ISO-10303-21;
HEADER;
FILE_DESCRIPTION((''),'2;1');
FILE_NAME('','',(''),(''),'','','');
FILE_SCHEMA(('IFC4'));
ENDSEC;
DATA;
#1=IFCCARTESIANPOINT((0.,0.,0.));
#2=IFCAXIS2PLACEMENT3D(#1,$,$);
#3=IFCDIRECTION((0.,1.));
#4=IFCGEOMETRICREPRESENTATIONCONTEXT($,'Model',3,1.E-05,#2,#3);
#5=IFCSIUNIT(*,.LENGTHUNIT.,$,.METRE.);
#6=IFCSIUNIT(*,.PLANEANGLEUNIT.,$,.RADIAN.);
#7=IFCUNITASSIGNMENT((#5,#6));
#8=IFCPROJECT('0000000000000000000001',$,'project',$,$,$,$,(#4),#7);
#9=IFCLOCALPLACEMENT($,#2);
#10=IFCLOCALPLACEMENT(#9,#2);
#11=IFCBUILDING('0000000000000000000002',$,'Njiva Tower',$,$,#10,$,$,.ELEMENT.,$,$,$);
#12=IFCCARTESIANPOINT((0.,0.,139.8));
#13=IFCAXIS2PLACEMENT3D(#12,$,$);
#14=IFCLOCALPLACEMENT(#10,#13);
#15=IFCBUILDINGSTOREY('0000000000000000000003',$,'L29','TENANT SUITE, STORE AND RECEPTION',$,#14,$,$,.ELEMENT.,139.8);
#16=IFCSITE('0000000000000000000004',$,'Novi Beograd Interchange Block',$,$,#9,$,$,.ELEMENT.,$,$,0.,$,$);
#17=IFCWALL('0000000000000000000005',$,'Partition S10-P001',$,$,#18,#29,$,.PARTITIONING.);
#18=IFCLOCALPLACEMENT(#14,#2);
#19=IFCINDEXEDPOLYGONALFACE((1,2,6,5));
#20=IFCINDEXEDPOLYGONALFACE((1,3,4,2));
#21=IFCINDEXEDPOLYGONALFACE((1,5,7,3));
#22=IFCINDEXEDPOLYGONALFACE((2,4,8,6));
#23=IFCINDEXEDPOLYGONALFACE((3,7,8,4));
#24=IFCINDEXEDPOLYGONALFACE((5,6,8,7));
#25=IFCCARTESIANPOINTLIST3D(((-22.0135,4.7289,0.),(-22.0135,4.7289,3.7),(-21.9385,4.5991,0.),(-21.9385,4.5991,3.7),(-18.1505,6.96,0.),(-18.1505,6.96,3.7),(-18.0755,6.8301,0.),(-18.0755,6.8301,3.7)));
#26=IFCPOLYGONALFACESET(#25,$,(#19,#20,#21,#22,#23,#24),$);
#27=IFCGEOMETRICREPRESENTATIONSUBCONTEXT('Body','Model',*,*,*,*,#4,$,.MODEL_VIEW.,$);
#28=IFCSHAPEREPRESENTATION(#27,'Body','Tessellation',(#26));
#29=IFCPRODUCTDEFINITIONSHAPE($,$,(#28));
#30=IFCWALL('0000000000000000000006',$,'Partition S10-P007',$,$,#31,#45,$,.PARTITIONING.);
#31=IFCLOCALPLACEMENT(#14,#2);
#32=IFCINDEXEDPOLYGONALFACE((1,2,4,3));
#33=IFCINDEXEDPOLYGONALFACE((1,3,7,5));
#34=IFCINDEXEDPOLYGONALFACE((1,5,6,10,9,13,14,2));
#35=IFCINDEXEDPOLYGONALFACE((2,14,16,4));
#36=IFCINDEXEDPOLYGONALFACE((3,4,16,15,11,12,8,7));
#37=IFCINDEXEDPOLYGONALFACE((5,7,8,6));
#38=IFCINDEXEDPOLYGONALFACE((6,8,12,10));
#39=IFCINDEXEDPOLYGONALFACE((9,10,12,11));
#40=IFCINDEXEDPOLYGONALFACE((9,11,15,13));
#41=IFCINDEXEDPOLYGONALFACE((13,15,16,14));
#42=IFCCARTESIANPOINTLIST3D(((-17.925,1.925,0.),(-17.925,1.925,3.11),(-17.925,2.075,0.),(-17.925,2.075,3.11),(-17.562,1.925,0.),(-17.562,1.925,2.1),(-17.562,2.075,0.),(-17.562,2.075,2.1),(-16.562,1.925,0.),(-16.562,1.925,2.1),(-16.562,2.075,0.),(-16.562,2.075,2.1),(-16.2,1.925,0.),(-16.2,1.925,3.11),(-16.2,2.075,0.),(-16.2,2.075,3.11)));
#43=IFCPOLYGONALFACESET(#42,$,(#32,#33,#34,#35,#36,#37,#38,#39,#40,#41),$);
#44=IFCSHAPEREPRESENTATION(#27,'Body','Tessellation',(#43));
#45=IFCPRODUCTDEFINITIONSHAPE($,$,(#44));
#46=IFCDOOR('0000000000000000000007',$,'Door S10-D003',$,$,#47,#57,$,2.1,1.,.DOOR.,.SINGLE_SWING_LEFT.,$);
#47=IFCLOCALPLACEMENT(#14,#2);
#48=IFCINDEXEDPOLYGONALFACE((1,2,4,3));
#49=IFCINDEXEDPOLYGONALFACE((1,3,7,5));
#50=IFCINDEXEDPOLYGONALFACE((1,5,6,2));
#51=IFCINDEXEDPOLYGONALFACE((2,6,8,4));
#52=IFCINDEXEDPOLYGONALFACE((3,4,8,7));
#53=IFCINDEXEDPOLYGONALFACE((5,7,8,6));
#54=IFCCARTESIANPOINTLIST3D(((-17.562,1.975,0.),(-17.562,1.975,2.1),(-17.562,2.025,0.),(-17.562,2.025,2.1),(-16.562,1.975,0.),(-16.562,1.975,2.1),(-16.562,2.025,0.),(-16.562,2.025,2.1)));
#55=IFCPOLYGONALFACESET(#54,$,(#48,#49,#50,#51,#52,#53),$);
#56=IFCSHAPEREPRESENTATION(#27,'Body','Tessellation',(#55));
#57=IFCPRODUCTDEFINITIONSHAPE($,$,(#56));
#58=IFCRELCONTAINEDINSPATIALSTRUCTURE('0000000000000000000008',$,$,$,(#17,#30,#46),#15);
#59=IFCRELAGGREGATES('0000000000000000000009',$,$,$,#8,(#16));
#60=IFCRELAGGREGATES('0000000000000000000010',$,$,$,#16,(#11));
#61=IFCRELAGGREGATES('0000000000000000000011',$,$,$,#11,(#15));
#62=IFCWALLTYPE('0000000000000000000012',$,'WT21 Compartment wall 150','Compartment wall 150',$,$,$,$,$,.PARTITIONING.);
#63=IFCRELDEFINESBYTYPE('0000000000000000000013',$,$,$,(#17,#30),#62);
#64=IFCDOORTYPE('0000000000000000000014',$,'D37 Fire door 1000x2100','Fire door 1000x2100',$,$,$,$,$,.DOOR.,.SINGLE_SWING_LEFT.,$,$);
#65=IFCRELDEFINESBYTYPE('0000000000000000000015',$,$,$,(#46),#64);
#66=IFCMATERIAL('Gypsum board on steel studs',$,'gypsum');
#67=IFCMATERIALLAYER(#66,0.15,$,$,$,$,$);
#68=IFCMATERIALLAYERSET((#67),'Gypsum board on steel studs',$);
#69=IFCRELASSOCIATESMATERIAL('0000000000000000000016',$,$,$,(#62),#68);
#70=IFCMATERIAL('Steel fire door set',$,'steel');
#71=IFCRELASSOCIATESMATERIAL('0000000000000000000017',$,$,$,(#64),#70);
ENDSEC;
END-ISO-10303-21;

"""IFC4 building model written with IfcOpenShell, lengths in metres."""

from ifc_helpers import new_model, si_unit, direction, frame, frame_2d, origin, place, context, subcontext, project, spatial, rectangle, extrude, material, layer, layer_set, type_object, element, fill, save


model = new_model("IFC4")

# Units and contexts
model_context = context("Model", 3, precision=1e-05, world=origin(), true_north=direction((0.0, 1.0)))
body_context = subcontext(model_context, "Body", "Model", "MODEL_VIEW")
ifc_project = project(units=[si_unit("LENGTHUNIT", "METRE"), si_unit("PLANEANGLEUNIT", "RADIAN")], contexts=[model_context])

# Site, building, storey
site_placement = place(None, origin())
site = spatial("IfcSite", under=ifc_project, at=site_placement, Name="Novi Beograd Interchange Block", CompositionType="ELEMENT", RefElevation=0.0)
building_placement = place(site_placement, origin())
building = spatial("IfcBuilding", under=site, at=building_placement, Name="Njiva Tower", CompositionType="ELEMENT")
storey_placement = place(building_placement, frame((0.0, 0.0, 139.8)))
storey = spatial("IfcBuildingStorey", under=building, at=storey_placement, Name="L29", Description="TENANT SUITE, STORE AND RECEPTION", CompositionType="ELEMENT", Elevation=139.8)

# Wall
ifc_material_1 = material(Name="Gypsum board on steel studs", Category="gypsum")
ifc_layer_1 = layer(ifc_material_1, 0.15)
ifc_layer_set_1 = layer_set([ifc_layer_1], Name="Gypsum board on steel studs")
wall_type_1 = type_object("IfcWallType", Name="WT21 Compartment wall 150", Description="Compartment wall 150", PredefinedType="PARTITIONING", material=ifc_layer_set_1)
wall_1_placement = place(storey_placement, frame((-21.976, 4.664, 0.0), z_axis=(0.0, 0.0, 1.0), x_axis=(0.865958, 0.500117, 0.0)))
element("IfcWall", 1, at=wall_1_placement, inside=storey, type_object=wall_type_1, Name="Partition S10-P001", PredefinedType="PARTITIONING", context=body_context, shape_type="SweptSolid", body=[
    extrude(rectangle(XDim=4.461, YDim=0.15, at=frame_2d((2.2305, 0.0))), origin(), (0.0, 0.0, 1.0), 3.7),
])

# Wall, opening, door
wall_2_placement = place(storey_placement, frame((-17.925, 2.0, 0.0), z_axis=(0.0, 0.0, 1.0), x_axis=(1.0, 0.0, 0.0)))
wall_2 = element("IfcWall", 2, at=wall_2_placement, inside=storey, type_object=wall_type_1, Name="Partition S10-P007", PredefinedType="PARTITIONING", context=body_context, shape_type="SweptSolid", body=[
    extrude(rectangle(XDim=1.725, YDim=0.15, at=frame_2d((0.8625, 0.0))), origin(), (0.0, 0.0, 1.0), 3.11),
])
opening_1_placement = place(wall_2_placement, frame((0.363, 0.0, 0.0)))
opening_1 = element("IfcOpeningElement", 3, at=opening_1_placement, cuts=wall_2, PredefinedType="OPENING", context=body_context, shape_type="SweptSolid", body=[
    extrude(rectangle(XDim=1.0, YDim=2.1, at=frame_2d((0.5, 1.05))), frame((0.0, 0.085, 0.0), z_axis=(0.0, -1.0, 0.0), x_axis=(1.0, 0.0, 0.0)), (0.0, 0.0, 1.0), 0.17),
])
ifc_material_2 = material(Name="Steel fire door set", Category="steel")
door_type_1 = type_object("IfcDoorType", Name="D37 Fire door 1000x2100", Description="Fire door 1000x2100", OperationType="SINGLE_SWING_LEFT", PredefinedType="DOOR", material=ifc_material_2)
door_1_placement = place(opening_1_placement, origin())
door_1 = element("IfcDoor", 4, at=door_1_placement, inside=storey, type_object=door_type_1, Name="Door S10-D003", OperationType="SINGLE_SWING_LEFT", OverallHeight=2.1, OverallWidth=1.0, PredefinedType="DOOR", context=body_context, shape_type="SweptSolid", body=[
    extrude(rectangle(XDim=1.0, YDim=2.1, at=frame_2d((0.5, 1.05))), frame((0.0, 0.025, 0.0), z_axis=(0.0, -1.0, 0.0), x_axis=(1.0, 0.0, 0.0)), (0.0, 0.0, 1.0), 0.05),
])
fill(opening_1, door_1)

save(model, "model.ifc")
